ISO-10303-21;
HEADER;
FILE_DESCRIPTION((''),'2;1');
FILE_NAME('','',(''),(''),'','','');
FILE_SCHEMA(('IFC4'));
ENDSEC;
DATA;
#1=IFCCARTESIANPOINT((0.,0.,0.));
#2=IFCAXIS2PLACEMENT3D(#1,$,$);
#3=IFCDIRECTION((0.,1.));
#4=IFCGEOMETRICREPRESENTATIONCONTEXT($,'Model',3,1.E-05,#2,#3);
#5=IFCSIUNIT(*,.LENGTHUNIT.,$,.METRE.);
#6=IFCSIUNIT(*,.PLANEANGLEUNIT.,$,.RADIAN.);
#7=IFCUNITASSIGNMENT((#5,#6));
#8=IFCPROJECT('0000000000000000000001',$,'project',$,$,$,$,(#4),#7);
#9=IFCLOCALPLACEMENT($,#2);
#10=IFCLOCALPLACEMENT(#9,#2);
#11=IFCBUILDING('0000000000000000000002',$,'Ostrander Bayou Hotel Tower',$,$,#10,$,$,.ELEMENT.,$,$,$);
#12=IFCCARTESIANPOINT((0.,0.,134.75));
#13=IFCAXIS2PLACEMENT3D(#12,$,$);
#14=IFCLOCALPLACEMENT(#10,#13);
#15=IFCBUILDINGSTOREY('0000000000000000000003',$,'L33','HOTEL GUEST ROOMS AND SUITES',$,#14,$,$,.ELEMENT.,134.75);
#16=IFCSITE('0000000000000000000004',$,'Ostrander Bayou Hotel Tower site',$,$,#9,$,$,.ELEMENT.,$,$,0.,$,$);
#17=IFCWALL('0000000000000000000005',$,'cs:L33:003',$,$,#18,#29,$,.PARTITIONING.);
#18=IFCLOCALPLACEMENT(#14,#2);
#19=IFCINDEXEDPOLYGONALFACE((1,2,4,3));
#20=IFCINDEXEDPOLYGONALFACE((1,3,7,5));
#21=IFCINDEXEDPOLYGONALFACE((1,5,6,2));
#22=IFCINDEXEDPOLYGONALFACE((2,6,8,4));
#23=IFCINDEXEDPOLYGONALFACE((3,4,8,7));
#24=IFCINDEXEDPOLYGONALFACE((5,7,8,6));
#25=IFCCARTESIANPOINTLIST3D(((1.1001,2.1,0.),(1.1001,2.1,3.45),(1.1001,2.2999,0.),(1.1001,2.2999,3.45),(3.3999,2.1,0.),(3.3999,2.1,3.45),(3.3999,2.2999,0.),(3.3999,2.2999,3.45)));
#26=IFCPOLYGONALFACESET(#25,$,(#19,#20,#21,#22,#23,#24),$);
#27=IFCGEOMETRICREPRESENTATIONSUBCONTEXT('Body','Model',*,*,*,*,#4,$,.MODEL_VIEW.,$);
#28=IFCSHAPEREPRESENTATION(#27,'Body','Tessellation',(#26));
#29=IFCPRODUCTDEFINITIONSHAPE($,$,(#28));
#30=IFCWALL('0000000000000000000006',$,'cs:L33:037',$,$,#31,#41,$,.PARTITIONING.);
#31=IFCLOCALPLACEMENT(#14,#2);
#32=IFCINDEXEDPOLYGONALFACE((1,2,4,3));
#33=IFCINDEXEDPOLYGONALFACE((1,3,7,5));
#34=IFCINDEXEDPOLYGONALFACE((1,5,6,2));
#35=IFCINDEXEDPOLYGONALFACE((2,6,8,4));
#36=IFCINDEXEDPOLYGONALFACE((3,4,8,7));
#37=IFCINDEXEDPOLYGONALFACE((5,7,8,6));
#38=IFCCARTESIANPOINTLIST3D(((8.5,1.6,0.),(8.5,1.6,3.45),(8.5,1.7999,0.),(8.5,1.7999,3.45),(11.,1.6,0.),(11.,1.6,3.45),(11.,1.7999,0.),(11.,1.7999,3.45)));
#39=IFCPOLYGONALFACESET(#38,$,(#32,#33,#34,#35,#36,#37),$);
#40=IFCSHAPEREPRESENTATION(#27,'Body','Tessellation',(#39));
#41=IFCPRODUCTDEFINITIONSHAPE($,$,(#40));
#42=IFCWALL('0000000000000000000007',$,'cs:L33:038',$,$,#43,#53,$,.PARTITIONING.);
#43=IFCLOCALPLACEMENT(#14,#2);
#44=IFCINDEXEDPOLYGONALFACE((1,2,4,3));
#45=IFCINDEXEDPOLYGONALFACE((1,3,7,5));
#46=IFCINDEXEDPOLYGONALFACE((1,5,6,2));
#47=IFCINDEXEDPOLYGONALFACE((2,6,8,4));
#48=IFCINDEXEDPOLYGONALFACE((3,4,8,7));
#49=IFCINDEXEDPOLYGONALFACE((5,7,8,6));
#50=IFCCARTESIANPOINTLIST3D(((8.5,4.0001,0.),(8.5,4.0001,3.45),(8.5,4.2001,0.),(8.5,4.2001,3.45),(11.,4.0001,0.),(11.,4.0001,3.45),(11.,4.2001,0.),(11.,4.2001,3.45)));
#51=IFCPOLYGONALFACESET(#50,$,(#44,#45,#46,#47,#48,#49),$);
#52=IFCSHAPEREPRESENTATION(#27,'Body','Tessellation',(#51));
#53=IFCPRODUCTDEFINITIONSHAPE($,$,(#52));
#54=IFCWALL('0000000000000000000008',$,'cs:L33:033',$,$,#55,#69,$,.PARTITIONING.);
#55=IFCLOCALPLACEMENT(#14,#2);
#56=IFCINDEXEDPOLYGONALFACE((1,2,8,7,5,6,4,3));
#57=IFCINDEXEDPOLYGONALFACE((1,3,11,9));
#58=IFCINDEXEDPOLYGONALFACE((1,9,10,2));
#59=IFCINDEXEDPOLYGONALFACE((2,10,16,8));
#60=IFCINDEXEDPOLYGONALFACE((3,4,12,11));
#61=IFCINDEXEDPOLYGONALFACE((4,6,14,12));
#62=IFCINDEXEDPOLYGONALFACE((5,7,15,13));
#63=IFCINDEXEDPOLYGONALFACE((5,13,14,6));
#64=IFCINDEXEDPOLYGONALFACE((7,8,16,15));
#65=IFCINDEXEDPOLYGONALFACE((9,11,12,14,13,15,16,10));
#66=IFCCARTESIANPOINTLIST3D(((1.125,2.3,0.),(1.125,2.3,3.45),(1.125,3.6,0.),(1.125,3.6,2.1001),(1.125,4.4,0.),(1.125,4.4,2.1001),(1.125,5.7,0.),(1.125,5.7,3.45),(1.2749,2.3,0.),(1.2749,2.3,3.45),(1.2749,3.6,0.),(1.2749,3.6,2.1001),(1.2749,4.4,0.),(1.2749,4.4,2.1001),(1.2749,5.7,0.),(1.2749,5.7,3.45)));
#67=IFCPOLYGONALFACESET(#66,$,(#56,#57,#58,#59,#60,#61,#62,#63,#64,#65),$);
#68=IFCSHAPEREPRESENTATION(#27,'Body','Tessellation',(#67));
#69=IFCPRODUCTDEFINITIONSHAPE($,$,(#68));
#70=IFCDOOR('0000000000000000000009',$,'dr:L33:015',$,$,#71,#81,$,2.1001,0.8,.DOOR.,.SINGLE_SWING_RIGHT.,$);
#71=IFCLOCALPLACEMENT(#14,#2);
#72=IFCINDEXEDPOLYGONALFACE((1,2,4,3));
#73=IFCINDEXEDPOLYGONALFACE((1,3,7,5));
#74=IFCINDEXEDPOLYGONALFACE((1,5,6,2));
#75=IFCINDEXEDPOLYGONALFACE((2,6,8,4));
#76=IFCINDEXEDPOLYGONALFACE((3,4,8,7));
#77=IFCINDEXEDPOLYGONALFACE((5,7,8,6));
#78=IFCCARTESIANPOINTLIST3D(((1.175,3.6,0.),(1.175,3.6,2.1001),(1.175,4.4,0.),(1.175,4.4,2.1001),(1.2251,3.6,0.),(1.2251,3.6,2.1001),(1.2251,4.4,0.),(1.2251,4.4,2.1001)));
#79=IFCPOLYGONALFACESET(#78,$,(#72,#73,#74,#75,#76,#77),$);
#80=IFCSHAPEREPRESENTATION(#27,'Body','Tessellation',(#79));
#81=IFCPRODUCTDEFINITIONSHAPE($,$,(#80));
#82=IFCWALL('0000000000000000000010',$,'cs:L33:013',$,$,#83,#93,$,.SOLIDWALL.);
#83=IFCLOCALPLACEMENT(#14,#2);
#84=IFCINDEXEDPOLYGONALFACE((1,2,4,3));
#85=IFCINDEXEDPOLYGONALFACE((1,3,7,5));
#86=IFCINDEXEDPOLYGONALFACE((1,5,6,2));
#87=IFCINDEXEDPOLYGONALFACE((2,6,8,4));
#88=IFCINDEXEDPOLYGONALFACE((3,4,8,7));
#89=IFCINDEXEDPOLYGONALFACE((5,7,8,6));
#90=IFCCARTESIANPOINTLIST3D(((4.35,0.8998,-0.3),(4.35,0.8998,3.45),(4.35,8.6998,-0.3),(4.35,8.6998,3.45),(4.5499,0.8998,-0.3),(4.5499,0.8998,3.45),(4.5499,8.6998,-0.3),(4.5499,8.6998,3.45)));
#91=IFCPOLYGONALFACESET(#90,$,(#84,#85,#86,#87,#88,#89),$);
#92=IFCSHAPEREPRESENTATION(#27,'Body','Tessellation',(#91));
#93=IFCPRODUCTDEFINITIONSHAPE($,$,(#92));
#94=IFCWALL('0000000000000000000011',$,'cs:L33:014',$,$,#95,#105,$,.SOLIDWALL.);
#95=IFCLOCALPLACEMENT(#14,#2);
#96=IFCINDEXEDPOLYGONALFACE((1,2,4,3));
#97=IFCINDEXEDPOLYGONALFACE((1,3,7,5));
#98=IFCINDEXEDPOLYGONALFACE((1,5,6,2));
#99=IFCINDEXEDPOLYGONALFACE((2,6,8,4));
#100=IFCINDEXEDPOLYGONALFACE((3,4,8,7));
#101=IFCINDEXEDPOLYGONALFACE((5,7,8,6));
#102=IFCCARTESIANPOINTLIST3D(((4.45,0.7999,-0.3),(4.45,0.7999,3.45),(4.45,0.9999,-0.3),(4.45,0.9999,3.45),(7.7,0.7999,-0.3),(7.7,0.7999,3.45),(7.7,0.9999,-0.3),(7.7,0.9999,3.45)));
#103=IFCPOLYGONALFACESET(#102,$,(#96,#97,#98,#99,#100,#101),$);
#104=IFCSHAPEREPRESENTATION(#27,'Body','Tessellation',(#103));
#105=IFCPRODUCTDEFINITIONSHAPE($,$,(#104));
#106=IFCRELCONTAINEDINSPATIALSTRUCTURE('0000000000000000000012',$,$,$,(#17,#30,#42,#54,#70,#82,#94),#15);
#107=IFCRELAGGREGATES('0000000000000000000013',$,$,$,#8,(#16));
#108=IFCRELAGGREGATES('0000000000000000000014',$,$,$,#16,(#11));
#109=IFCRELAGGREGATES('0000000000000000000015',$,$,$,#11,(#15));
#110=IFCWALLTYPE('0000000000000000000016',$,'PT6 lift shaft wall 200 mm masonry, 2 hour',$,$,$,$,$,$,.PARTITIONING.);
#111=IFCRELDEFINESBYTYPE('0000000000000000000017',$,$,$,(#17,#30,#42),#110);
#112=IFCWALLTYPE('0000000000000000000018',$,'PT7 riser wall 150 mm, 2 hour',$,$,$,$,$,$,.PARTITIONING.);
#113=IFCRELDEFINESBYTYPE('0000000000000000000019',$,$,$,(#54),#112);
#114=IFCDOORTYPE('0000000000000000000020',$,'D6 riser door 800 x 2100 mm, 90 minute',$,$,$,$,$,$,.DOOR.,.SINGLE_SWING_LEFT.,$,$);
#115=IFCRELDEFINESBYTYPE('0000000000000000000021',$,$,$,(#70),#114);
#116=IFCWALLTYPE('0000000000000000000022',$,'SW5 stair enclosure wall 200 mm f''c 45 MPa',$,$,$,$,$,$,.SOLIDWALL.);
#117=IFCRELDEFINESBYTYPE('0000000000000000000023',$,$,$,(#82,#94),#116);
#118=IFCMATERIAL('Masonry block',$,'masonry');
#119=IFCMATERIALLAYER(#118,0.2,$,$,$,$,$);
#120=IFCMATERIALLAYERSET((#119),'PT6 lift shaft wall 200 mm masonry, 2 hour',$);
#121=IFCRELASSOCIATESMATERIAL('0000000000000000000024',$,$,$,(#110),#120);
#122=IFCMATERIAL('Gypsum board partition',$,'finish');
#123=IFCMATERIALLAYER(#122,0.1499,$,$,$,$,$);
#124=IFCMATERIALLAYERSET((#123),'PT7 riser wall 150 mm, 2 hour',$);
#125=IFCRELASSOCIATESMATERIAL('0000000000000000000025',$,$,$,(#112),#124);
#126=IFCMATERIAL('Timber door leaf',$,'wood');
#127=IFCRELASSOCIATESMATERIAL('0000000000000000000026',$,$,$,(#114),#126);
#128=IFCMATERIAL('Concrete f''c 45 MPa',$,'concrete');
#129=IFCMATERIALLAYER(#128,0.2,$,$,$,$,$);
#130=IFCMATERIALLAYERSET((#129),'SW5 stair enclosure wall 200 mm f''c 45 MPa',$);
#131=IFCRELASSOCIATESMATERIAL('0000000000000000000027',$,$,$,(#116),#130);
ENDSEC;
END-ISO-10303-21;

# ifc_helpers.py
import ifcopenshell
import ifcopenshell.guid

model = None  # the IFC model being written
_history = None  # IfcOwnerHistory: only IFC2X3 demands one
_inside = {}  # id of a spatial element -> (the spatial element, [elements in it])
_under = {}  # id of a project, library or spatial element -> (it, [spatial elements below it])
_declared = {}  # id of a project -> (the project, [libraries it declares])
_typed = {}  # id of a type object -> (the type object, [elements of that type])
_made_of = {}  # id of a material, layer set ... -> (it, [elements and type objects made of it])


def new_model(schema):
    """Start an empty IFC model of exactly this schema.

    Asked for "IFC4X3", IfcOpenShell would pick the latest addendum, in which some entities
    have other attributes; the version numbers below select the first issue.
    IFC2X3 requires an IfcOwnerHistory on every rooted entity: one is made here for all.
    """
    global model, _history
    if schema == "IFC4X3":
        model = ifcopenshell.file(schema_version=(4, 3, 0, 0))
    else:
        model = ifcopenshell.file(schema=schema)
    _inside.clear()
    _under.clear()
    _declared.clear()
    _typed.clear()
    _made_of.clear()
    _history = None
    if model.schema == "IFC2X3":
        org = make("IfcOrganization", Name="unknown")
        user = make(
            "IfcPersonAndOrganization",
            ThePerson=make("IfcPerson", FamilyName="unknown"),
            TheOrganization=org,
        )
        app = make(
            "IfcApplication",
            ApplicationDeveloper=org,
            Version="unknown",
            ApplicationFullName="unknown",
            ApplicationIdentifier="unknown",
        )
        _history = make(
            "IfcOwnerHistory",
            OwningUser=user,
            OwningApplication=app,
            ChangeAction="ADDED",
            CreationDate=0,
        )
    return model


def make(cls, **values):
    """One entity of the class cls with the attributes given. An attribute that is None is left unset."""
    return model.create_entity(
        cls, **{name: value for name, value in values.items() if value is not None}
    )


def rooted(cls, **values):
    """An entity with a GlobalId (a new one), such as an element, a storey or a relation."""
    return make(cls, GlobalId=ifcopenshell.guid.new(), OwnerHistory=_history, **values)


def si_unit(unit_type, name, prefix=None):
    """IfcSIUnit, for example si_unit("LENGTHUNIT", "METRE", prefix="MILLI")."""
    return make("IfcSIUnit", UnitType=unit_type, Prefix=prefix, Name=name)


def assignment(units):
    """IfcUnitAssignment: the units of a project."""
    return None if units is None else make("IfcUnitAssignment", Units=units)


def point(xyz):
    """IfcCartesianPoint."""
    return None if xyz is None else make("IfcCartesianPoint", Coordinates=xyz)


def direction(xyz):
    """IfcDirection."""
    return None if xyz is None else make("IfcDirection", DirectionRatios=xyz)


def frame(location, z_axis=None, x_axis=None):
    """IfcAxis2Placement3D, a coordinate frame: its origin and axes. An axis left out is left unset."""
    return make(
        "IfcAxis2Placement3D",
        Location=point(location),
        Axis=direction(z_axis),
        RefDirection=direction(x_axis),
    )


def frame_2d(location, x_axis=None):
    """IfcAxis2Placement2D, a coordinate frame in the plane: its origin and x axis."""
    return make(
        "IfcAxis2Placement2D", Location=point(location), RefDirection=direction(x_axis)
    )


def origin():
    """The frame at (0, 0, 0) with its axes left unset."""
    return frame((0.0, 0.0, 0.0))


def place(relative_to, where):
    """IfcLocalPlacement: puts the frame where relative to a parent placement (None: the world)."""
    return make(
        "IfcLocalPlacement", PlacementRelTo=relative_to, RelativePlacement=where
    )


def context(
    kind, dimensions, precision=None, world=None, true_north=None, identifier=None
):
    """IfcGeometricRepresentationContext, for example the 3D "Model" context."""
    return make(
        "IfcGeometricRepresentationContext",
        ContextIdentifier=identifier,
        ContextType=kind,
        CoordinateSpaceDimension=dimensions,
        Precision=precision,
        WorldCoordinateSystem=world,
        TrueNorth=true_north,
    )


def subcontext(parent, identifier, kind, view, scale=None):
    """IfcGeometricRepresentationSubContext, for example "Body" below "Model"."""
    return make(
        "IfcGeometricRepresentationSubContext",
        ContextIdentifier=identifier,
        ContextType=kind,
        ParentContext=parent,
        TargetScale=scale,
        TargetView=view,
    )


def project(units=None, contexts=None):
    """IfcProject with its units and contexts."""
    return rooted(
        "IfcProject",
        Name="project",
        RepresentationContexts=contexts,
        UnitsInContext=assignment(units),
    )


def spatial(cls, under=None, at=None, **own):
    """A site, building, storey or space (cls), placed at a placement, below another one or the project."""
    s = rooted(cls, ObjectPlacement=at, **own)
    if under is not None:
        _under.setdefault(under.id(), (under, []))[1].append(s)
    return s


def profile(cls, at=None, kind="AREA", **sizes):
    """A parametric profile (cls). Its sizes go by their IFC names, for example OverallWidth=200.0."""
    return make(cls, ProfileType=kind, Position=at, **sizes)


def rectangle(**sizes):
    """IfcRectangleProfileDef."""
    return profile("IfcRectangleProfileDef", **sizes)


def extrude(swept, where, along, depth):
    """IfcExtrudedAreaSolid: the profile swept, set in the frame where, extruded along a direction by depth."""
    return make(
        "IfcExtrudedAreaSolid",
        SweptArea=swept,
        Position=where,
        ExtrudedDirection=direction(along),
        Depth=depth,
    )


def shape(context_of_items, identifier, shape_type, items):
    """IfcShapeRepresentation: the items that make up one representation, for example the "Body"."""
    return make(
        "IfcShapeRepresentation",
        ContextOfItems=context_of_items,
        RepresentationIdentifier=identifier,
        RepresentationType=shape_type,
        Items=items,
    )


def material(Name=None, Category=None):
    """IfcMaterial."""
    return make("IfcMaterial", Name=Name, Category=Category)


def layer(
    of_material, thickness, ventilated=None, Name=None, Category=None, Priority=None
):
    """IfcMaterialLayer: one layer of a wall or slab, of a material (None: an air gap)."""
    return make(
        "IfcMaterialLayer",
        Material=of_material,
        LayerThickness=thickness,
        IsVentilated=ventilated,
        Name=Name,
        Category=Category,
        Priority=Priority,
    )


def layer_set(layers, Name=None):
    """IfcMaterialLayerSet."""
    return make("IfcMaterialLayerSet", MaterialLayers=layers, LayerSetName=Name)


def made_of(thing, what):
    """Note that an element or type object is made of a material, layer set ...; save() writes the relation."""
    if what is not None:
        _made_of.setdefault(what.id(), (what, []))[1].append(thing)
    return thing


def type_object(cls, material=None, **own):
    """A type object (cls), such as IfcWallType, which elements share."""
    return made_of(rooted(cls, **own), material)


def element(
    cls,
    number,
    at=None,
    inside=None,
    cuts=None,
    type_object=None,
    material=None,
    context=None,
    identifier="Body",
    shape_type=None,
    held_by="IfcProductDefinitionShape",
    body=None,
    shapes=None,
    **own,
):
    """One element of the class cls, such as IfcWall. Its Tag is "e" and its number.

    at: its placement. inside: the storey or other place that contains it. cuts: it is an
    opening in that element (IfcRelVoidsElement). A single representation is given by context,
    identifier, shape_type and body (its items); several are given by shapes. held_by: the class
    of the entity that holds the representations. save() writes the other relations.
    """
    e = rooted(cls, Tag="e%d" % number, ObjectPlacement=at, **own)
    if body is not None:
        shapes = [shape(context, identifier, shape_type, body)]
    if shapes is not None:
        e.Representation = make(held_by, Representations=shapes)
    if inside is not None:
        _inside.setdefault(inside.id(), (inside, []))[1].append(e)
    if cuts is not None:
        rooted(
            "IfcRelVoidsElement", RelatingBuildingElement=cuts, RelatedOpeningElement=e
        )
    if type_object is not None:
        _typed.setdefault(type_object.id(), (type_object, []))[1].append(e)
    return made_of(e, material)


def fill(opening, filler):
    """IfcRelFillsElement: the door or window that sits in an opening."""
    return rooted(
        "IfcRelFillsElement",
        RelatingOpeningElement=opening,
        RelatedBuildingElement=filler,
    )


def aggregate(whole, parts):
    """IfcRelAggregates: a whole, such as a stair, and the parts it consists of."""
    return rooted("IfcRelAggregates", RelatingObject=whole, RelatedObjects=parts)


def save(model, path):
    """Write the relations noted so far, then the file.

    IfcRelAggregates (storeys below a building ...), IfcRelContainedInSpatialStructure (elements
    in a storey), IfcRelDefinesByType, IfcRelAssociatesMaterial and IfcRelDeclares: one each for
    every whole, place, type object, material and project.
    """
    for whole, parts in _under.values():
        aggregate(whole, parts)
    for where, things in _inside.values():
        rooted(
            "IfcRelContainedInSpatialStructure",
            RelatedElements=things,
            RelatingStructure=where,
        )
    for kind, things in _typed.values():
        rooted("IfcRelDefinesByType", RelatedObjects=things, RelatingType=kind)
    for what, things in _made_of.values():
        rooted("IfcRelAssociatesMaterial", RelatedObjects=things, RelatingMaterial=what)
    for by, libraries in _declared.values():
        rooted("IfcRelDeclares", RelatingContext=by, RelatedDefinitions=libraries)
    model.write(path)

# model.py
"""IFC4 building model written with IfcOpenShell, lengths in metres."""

from ifc_helpers import new_model, si_unit, direction, frame, frame_2d, origin, place, context, subcontext, project, spatial, rectangle, extrude, material, layer, layer_set, type_object, element, fill, save


model = new_model("IFC4")

# Units and contexts
model_context = context("Model", 3, precision=1e-05, world=origin(), true_north=direction((0.0, 1.0)))
body_context = subcontext(model_context, "Body", "Model", "MODEL_VIEW")
ifc_project = project(units=[si_unit("LENGTHUNIT", "METRE"), si_unit("PLANEANGLEUNIT", "RADIAN")], contexts=[model_context])

# Site, building, storey
site_placement = place(None, origin())
site = spatial("IfcSite", under=ifc_project, at=site_placement, Name="Ostrander Bayou Hotel Tower site", CompositionType="ELEMENT", RefElevation=0.0)
building_placement = place(site_placement, origin())
building = spatial("IfcBuilding", under=site, at=building_placement, Name="Ostrander Bayou Hotel Tower", CompositionType="ELEMENT")
storey_placement = place(building_placement, frame((0.0, 0.0, 134.75)))
storey = spatial("IfcBuildingStorey", under=building, at=storey_placement, Name="L33", Description="HOTEL GUEST ROOMS AND SUITES", CompositionType="ELEMENT", Elevation=134.75)

# Walls
ifc_material_1 = material(Name="Masonry block", Category="masonry")
ifc_layer_1 = layer(ifc_material_1, 0.2)
ifc_layer_set_1 = layer_set([ifc_layer_1], Name="PT6 lift shaft wall 200 mm masonry, 2 hour")
wall_type_1 = type_object("IfcWallType", Name="PT6 lift shaft wall 200 mm masonry, 2 hour", PredefinedType="PARTITIONING", material=ifc_layer_set_1)
wall_1_placement = place(storey_placement, frame((1.1001, 2.2, 0.0), z_axis=(0.0, 0.0, 1.0), x_axis=(1.0, 0.0, 0.0)))
element("IfcWall", 1, at=wall_1_placement, inside=storey, type_object=wall_type_1, Name="cs:L33:003", PredefinedType="PARTITIONING", context=body_context, shape_type="SweptSolid", body=[
    extrude(rectangle(XDim=2.2998, YDim=0.2, at=frame_2d((1.1499, 0.0))), origin(), (0.0, 0.0, 1.0), 3.45),
])
for number, where, z_axis, x_axis, name in (
    (2, (8.5, 1.7, 0.0), (0.0, 0.0, 1.0), (1.0, 0.0, 0.0), "cs:L33:037"),
    (3, (8.5, 4.1001, 0.0), (0.0, 0.0, 1.0), (1.0, 0.0, 0.0), "cs:L33:038"),
):
    element("IfcWall", number, at=place(storey_placement, frame(where, z_axis=z_axis, x_axis=x_axis)), inside=storey, type_object=wall_type_1, Name=name, PredefinedType="PARTITIONING", context=body_context, shape_type="SweptSolid", body=[
        extrude(rectangle(XDim=2.5, YDim=0.2, at=frame_2d((1.25, 0.0))), origin(), (0.0, 0.0, 1.0), 3.45),
    ])

# Wall, opening, door
ifc_material_2 = material(Name="Gypsum board partition", Category="finish")
ifc_layer_2 = layer(ifc_material_2, 0.1499)
ifc_layer_set_2 = layer_set([ifc_layer_2], Name="PT7 riser wall 150 mm, 2 hour")
wall_type_2 = type_object("IfcWallType", Name="PT7 riser wall 150 mm, 2 hour", PredefinedType="PARTITIONING", material=ifc_layer_set_2)
wall_2_placement = place(storey_placement, frame((1.2, 2.3, 0.0), z_axis=(0.0, 0.0, 1.0), x_axis=(0.0, 1.0, 0.0)))
wall_2 = element("IfcWall", 4, at=wall_2_placement, inside=storey, type_object=wall_type_2, Name="cs:L33:033", PredefinedType="PARTITIONING", context=body_context, shape_type="SweptSolid", body=[
    extrude(rectangle(XDim=3.3999, YDim=0.1499, at=frame_2d((1.7, 0.0))), origin(), (0.0, 0.0, 1.0), 3.45),
])
opening_placement = place(wall_2_placement, frame((1.3, 0.0, 0.0)))
opening = element("IfcOpeningElement", 5, at=opening_placement, cuts=wall_2, PredefinedType="OPENING", context=body_context, shape_type="SweptSolid", body=[
    extrude(rectangle(XDim=0.8, YDim=2.1001, at=frame_2d((0.3999, 1.05))), frame((0.0, 0.075, 0.0), z_axis=(0.0, -1.0, 0.0), x_axis=(1.0, 0.0, 0.0)), (0.0, 0.0, 1.0), 0.1499),
])
ifc_material_3 = material(Name="Timber door leaf", Category="wood")
door_type = type_object("IfcDoorType", Name="D6 riser door 800 x 2100 mm, 90 minute", OperationType="SINGLE_SWING_LEFT", PredefinedType="DOOR", material=ifc_material_3)
door_placement = place(opening_placement, origin())
door = element("IfcDoor", 6, at=door_placement, inside=storey, type_object=door_type, Name="dr:L33:015", OperationType="SINGLE_SWING_RIGHT", OverallHeight=2.1001, OverallWidth=0.8, PredefinedType="DOOR", context=body_context, shape_type="SweptSolid", body=[
    extrude(rectangle(XDim=0.8, YDim=2.1001, at=frame_2d((0.3999, 1.05))), frame((0.0, 0.0249, 0.0), z_axis=(0.0, -1.0, 0.0), x_axis=(1.0, 0.0, 0.0)), (0.0, 0.0, 1.0), 0.05),
])
fill(opening, door)

# Walls
ifc_material_4 = material(Name="Concrete f'c 45 MPa", Category="concrete")
ifc_layer_3 = layer(ifc_material_4, 0.2)
ifc_layer_set_3 = layer_set([ifc_layer_3], Name="SW5 stair enclosure wall 200 mm f'c 45 MPa")
wall_type_3 = type_object("IfcWallType", Name="SW5 stair enclosure wall 200 mm f'c 45 MPa", PredefinedType="SOLIDWALL", material=ifc_layer_set_3)
wall_3_placement = place(storey_placement, frame((4.45, 0.8999, -0.3), z_axis=(0.0, 0.0, 1.0), x_axis=(0.0, 1.0, 0.0)))
element("IfcWall", 7, at=wall_3_placement, inside=storey, type_object=wall_type_3, Name="cs:L33:013", PredefinedType="SOLIDWALL", context=body_context, shape_type="SweptSolid", body=[
    extrude(rectangle(XDim=7.8, YDim=0.2, at=frame_2d((3.8999, 0.0))), origin(), (0.0, 0.0, 1.0), 3.75),
])
wall_4_placement = place(storey_placement, frame((4.45, 0.8999, -0.3), z_axis=(0.0, 0.0, 1.0), x_axis=(1.0, 0.0, 0.0)))
element("IfcWall", 8, at=wall_4_placement, inside=storey, type_object=wall_type_3, Name="cs:L33:014", PredefinedType="SOLIDWALL", context=body_context, shape_type="SweptSolid", body=[
    extrude(rectangle(XDim=3.25, YDim=0.2, at=frame_2d((1.625, 0.0))), origin(), (0.0, 0.0, 1.0), 3.75),
])

save(model, "model.ifc")
